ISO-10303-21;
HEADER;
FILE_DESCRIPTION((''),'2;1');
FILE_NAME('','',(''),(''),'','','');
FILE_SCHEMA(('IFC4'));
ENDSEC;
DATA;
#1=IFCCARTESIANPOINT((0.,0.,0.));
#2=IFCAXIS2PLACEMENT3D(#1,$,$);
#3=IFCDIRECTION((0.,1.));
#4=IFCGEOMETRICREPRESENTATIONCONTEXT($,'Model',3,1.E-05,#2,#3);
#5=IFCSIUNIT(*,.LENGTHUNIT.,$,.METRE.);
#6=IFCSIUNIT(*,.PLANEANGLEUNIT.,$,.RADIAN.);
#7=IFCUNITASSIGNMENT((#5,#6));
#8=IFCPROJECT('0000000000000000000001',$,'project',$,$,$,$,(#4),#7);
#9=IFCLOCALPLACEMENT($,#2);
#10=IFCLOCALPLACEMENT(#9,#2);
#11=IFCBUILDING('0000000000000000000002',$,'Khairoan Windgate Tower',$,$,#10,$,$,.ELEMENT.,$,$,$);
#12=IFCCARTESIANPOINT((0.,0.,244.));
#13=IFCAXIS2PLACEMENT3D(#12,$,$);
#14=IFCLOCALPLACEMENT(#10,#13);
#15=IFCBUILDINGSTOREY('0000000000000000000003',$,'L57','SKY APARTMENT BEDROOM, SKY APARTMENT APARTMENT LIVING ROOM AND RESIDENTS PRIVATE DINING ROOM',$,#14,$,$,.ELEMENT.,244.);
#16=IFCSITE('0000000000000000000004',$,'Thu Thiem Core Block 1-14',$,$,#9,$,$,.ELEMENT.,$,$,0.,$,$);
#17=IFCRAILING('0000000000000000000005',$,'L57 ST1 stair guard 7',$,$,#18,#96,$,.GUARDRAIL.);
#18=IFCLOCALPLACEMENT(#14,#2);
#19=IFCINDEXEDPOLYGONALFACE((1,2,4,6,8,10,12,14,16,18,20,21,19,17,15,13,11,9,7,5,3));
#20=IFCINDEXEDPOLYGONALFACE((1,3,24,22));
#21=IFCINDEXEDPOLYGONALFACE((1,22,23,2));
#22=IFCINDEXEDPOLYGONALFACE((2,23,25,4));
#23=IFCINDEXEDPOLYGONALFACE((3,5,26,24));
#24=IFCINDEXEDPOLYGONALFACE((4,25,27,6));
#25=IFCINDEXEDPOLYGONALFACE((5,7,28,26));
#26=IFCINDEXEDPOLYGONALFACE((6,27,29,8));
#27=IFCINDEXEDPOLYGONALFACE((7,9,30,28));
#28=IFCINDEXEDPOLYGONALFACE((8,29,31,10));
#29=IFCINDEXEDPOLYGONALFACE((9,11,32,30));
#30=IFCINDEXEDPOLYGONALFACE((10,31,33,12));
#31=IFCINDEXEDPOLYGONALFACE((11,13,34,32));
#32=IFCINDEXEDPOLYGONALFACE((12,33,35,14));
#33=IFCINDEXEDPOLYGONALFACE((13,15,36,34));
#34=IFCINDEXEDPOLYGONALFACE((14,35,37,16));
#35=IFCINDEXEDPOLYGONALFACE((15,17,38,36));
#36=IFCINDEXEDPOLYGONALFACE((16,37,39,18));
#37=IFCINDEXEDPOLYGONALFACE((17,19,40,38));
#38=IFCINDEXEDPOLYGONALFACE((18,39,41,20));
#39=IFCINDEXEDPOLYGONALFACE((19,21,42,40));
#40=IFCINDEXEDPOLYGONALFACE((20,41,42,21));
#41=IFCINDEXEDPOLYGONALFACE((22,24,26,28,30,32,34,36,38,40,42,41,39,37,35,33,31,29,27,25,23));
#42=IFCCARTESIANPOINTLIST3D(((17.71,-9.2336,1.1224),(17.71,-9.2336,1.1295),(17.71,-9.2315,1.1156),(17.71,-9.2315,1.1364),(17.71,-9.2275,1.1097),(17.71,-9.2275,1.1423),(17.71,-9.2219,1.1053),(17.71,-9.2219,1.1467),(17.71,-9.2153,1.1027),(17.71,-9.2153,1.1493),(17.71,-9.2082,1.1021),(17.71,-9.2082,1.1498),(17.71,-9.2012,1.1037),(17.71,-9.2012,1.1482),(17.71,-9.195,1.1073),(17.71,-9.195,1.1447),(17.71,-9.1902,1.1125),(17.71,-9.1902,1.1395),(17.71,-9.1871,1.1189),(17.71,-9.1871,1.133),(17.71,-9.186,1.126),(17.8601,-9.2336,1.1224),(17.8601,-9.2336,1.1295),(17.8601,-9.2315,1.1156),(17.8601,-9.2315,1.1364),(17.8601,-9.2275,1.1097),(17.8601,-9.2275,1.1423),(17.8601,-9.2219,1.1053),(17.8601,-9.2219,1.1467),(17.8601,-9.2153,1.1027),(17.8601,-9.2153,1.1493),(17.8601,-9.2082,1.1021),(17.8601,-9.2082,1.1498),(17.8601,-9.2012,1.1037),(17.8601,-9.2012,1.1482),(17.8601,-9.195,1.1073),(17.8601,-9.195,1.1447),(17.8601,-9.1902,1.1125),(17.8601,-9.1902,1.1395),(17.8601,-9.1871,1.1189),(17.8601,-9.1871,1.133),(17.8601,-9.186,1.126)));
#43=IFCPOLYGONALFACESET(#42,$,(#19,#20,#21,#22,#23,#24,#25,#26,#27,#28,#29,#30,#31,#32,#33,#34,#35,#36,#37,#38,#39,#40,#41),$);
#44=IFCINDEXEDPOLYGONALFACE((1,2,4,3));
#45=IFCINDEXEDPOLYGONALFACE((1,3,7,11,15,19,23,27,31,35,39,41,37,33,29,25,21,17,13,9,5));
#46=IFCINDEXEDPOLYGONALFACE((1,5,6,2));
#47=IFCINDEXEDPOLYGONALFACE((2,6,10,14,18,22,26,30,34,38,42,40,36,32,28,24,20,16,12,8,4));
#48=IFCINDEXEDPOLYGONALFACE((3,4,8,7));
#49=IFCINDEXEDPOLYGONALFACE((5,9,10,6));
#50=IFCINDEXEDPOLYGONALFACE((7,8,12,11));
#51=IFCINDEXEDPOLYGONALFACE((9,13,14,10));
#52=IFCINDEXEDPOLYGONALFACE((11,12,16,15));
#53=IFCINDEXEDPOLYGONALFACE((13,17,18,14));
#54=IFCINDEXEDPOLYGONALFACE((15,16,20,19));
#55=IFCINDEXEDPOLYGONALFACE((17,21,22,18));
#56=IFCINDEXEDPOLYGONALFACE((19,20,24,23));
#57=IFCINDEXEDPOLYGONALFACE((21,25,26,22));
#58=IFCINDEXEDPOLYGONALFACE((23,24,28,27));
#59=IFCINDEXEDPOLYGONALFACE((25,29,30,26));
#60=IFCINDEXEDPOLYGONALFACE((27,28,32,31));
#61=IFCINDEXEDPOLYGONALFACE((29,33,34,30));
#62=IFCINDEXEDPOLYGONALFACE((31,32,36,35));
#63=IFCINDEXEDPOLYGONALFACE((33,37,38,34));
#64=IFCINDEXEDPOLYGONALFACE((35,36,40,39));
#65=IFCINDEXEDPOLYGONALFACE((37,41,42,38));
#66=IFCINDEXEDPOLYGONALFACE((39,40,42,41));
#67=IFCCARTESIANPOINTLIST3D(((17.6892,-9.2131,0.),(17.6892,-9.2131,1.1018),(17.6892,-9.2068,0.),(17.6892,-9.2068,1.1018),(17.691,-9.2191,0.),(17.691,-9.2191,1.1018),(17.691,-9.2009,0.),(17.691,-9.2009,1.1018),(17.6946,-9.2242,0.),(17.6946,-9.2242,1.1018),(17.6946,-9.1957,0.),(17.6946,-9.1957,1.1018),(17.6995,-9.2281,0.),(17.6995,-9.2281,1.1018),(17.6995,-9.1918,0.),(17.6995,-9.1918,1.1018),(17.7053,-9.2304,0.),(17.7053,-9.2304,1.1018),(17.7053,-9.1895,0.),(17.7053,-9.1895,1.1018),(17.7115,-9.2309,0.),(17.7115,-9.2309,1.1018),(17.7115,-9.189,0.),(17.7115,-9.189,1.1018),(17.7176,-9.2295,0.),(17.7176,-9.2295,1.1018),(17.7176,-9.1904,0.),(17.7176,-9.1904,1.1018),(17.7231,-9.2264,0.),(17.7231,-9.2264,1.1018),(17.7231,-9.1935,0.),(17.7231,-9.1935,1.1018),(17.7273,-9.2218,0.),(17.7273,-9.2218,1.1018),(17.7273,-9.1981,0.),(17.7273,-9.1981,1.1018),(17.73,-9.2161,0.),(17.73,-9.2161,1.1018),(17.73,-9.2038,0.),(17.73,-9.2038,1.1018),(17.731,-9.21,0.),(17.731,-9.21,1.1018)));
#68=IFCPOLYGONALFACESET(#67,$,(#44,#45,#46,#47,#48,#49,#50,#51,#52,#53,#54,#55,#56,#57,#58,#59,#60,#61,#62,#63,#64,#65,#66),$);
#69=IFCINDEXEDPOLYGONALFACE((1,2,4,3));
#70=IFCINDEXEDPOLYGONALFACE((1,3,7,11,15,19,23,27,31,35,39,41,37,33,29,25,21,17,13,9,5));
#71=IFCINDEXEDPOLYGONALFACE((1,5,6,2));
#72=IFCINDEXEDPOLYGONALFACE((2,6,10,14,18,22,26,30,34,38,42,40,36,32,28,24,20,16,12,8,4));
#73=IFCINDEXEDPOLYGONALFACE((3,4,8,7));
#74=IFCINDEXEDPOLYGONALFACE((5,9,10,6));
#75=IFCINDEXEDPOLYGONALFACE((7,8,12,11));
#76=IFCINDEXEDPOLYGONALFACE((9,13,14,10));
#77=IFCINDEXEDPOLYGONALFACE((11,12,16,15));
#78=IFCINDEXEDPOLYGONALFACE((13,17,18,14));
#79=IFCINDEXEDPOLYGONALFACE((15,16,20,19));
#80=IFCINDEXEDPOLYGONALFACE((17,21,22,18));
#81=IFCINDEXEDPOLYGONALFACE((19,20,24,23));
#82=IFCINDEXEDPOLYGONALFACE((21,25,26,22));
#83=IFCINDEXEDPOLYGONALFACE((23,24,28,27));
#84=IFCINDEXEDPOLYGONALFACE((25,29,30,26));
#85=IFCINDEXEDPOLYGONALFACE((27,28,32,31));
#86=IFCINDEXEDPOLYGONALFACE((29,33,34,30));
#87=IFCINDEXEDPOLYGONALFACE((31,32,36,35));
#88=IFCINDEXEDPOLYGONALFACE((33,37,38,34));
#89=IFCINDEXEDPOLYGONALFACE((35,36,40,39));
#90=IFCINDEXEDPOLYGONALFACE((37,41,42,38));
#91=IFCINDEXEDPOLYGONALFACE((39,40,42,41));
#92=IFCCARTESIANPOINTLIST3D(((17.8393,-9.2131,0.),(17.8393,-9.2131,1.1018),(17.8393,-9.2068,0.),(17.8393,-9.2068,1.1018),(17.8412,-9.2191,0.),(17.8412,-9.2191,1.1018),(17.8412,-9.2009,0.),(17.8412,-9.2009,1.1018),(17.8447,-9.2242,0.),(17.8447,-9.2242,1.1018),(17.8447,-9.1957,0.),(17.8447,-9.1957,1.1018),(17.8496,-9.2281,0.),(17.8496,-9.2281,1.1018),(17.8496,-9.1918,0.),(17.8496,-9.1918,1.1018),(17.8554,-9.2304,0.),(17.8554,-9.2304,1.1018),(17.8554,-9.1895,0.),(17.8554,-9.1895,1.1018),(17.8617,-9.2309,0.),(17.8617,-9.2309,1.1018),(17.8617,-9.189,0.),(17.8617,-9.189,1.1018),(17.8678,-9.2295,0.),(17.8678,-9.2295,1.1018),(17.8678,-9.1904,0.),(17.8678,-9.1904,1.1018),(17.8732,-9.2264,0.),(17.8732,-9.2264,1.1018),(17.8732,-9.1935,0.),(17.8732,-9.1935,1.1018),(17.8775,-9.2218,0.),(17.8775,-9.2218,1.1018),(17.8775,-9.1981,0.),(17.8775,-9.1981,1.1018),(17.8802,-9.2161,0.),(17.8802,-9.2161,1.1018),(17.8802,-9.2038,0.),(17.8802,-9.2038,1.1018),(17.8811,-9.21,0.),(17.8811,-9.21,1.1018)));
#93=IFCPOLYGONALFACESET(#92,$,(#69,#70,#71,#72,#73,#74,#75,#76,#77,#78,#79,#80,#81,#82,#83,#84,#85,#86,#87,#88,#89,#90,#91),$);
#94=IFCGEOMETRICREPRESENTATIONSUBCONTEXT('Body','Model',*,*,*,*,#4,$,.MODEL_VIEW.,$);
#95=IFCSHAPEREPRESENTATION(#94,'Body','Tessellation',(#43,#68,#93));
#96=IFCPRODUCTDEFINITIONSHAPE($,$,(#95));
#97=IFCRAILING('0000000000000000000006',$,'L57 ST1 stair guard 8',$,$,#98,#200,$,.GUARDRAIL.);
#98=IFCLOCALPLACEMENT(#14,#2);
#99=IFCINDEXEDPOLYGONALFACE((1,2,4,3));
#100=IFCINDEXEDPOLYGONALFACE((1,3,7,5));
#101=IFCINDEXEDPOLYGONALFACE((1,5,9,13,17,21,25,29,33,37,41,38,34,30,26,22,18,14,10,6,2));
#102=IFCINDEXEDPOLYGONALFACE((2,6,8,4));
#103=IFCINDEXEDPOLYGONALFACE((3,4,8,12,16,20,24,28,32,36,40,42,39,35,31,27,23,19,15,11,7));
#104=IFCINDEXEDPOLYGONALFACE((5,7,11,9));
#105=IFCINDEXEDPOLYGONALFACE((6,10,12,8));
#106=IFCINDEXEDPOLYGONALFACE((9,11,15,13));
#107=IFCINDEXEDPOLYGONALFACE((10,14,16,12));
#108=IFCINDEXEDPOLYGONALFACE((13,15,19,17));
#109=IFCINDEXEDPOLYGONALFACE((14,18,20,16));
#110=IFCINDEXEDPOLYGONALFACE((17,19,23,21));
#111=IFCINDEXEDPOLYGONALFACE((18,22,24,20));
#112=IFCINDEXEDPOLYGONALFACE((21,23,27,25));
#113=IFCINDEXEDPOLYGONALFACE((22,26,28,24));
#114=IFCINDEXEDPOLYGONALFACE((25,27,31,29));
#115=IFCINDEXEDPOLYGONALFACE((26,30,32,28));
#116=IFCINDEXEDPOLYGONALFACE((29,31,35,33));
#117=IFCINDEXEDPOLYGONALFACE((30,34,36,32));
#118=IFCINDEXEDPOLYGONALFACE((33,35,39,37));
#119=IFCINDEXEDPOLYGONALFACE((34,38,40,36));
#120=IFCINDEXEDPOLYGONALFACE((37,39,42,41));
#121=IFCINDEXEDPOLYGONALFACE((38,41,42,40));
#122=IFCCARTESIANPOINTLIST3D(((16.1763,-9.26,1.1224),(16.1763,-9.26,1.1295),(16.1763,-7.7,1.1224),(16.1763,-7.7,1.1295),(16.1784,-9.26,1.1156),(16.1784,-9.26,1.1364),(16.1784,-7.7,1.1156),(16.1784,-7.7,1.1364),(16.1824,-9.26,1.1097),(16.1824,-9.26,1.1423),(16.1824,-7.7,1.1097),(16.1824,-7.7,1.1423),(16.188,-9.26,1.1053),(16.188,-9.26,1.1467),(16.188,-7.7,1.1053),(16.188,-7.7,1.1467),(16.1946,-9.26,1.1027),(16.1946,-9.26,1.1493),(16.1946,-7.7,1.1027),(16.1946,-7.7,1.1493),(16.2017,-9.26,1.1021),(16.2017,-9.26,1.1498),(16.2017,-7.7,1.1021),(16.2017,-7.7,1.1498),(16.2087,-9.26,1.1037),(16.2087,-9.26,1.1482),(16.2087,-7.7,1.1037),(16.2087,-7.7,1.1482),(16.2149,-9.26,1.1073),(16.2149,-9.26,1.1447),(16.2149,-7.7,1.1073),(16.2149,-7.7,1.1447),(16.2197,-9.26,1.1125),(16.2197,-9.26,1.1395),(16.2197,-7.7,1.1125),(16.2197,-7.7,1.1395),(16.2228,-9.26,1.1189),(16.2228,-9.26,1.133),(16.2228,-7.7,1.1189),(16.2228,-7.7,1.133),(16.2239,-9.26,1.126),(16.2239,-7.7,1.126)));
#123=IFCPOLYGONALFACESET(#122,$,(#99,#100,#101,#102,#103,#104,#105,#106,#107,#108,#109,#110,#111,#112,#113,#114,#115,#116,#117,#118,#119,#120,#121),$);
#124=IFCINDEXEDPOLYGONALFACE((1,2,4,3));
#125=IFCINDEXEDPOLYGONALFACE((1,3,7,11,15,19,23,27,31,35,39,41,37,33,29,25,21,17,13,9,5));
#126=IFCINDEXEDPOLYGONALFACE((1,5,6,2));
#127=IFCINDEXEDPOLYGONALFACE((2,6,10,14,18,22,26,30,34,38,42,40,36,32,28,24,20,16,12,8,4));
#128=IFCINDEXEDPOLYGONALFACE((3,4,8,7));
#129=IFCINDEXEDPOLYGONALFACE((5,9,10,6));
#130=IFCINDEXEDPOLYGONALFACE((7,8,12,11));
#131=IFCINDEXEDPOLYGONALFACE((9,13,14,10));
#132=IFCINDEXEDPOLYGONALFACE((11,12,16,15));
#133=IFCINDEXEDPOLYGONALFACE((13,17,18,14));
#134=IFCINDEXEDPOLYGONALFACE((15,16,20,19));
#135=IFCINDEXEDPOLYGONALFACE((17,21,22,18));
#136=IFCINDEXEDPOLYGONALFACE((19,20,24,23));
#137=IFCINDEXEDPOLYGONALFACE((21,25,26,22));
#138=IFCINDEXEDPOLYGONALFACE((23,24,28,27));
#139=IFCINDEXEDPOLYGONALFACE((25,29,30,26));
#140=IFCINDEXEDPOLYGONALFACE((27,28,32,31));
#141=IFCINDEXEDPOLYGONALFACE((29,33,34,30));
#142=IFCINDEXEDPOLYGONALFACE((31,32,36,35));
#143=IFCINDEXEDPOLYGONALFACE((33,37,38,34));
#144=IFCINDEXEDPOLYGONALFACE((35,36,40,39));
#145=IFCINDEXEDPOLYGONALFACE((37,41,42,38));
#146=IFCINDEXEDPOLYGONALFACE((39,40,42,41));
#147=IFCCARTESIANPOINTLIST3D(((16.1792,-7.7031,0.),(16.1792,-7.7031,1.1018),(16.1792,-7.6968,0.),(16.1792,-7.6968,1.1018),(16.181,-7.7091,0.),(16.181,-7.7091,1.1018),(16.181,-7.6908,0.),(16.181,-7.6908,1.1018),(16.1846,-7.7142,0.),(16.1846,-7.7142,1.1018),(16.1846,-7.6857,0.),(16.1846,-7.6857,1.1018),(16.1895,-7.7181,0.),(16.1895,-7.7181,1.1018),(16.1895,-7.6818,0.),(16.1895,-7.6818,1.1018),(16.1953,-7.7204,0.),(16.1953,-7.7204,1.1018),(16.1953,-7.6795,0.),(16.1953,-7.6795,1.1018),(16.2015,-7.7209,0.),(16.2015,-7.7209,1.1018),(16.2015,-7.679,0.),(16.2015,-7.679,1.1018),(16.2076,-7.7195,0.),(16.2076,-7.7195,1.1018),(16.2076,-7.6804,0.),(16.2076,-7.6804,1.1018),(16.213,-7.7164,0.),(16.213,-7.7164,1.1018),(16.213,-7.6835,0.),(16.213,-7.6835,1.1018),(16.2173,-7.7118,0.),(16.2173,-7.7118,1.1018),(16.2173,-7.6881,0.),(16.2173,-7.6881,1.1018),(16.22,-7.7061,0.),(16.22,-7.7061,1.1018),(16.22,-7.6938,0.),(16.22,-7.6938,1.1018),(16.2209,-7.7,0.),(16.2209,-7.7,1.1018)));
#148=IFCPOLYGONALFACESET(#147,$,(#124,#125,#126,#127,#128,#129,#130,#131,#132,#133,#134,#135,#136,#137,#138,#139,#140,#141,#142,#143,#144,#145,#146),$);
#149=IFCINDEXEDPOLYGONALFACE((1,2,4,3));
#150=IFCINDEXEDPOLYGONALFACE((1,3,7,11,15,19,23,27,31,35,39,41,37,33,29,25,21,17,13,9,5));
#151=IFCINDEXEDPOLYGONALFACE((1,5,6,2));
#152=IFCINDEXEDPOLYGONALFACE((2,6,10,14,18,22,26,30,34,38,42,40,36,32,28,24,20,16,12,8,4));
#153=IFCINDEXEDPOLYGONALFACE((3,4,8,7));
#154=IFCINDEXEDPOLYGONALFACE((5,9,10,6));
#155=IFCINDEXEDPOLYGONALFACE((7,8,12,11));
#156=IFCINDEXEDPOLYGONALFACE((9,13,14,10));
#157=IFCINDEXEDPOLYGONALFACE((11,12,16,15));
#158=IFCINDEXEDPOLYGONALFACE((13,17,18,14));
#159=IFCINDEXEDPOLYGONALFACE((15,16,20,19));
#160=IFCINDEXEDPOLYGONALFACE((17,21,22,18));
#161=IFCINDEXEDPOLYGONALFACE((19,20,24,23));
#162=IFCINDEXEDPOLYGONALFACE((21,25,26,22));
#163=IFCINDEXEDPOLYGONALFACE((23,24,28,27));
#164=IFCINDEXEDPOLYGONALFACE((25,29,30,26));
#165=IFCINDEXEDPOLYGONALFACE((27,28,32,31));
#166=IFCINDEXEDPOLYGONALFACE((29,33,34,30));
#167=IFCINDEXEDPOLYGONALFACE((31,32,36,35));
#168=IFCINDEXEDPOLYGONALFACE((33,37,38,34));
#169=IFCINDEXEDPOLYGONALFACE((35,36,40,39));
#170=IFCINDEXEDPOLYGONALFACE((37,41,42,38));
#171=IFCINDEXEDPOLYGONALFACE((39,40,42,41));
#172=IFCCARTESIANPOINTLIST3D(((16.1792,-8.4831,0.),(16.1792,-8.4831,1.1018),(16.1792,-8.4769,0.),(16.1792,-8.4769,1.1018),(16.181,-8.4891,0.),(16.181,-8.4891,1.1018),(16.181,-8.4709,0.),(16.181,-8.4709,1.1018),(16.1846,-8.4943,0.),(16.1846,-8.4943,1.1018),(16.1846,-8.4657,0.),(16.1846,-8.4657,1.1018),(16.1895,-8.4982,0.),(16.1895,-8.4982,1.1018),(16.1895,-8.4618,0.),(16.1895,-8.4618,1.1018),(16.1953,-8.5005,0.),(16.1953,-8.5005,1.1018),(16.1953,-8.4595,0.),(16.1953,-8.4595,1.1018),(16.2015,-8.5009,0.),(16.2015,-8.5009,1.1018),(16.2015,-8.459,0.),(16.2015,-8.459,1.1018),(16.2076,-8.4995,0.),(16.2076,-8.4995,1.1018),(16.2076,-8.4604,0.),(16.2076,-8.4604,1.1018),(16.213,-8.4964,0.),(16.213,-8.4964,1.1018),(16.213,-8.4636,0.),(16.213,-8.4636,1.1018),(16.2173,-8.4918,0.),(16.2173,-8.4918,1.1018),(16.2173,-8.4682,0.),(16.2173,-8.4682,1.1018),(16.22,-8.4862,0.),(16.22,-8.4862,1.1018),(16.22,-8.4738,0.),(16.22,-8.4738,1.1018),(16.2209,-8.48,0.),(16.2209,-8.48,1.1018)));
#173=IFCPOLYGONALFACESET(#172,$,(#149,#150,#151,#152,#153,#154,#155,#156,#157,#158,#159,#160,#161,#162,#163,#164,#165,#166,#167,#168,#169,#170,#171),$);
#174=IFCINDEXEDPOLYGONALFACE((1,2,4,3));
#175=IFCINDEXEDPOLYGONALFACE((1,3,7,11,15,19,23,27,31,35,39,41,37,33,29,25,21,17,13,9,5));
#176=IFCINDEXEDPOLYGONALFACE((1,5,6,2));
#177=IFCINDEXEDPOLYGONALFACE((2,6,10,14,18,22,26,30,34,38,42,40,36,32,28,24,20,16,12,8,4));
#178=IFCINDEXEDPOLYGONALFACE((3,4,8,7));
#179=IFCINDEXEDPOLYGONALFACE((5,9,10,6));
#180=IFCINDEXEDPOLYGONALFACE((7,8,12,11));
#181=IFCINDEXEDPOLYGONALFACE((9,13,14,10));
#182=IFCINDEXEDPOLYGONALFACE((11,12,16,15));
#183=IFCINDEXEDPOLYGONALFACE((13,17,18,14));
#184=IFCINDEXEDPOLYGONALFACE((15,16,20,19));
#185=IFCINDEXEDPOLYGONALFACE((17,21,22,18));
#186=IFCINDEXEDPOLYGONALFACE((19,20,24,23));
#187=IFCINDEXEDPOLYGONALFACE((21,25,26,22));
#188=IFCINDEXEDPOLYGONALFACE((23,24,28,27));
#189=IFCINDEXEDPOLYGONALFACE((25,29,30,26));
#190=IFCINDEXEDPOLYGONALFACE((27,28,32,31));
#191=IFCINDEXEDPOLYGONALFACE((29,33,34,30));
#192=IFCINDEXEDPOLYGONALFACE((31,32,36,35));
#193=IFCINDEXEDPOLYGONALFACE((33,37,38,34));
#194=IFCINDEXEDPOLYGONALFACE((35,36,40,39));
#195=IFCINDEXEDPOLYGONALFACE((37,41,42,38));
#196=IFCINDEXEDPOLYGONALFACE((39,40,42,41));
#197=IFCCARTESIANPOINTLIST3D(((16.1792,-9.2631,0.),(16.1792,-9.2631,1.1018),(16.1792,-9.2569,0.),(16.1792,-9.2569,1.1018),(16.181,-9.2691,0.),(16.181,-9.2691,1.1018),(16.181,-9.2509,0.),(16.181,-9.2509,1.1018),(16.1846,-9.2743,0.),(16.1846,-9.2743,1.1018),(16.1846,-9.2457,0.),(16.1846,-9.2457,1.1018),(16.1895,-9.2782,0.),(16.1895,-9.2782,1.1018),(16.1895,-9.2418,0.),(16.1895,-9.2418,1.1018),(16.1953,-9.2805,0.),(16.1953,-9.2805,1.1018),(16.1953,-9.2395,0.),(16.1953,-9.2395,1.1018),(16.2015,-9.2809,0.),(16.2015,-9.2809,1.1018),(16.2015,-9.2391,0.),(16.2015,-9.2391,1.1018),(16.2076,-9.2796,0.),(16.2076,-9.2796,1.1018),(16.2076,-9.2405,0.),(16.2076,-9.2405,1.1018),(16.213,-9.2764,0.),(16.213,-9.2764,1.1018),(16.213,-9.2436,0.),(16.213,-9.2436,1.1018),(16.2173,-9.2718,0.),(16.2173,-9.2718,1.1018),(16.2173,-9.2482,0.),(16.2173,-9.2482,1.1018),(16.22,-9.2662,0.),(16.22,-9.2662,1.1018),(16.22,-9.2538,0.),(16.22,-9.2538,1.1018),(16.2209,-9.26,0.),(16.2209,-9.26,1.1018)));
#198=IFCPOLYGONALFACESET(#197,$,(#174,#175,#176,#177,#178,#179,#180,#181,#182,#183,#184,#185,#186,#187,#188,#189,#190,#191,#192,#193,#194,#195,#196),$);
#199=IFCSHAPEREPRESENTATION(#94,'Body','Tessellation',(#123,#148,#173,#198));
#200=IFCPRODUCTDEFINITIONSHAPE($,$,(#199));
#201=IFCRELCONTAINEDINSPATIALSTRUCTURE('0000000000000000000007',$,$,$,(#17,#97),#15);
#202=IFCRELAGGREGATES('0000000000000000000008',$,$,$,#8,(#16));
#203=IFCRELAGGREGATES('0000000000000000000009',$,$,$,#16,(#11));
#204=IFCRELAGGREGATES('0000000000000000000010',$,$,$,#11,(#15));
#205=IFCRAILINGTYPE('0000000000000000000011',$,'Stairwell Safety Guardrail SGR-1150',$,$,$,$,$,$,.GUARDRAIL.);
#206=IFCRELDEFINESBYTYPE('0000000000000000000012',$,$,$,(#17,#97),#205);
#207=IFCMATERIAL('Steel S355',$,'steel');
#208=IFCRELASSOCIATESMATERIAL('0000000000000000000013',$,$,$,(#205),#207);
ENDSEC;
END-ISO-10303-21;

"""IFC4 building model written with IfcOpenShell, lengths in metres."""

from ifc_helpers import new_model, si_unit, direction, frame, origin, origin_2d, place, context, subcontext, project, spatial, circle, extrude, material, type_object, element, save


model = new_model("IFC4")

# Units and contexts
model_context = context("Model", 3, precision=1e-05, world=origin(), true_north=direction((0.0, 1.0)))
body_context = subcontext(model_context, "Body", "Model", "MODEL_VIEW")
ifc_project = project(units=[si_unit("LENGTHUNIT", "METRE"), si_unit("PLANEANGLEUNIT", "RADIAN")], contexts=[model_context])

# Site, building, storey
site_placement = place(None, origin())
site = spatial("IfcSite", under=ifc_project, at=site_placement, Name="Thu Thiem Core Block 1-14", CompositionType="ELEMENT", RefElevation=0.0)
building_placement = place(site_placement, origin())
building = spatial("IfcBuilding", under=site, at=building_placement, Name="Khairoan Windgate Tower", CompositionType="ELEMENT")
storey_placement = place(building_placement, frame((0.0, 0.0, 244.0)))
storey = spatial("IfcBuildingStorey", under=building, at=storey_placement, Name="L57", Description="SKY APARTMENT BEDROOM, SKY APARTMENT APARTMENT LIVING ROOM AND RESIDENTS PRIVATE DINING ROOM", CompositionType="ELEMENT", Elevation=244.0)

# Railings
ifc_material_1 = material(Name="Steel S355", Category="steel")
railing_type_1 = type_object("IfcRailingType", Name="Stairwell Safety Guardrail SGR-1150", PredefinedType="GUARDRAIL", material=ifc_material_1)
railing_1_placement = place(storey_placement, frame((17.71, -9.21, 0.0)))
element("IfcRailing", 1, at=railing_1_placement, inside=storey, type_object=railing_type_1, Name="L57 ST1 stair guard 7", PredefinedType="GUARDRAIL", context=body_context, shape_type="SweptSolid", body=[
    extrude(circle(Radius=0.0239, at=origin_2d()), frame((0.0, 0.0, 1.126), z_axis=(1.0, 0.0, 0.0), x_axis=(0.0, 1.0, 0.0)), (0.0, 0.0, 1.0), 0.1501),
    extrude(circle(Radius=0.021, at=origin_2d()), origin(), (0.0, 0.0, 1.0), 1.1018),
    extrude(circle(Radius=0.021, at=origin_2d()), frame((0.1501, 0.0, 0.0)), (0.0, 0.0, 1.0), 1.1018),
])
for number, where, name in (
    (2, (16.2, -7.7, 0.0), "L57 ST1 stair guard 8"),
):
    element("IfcRailing", number, at=place(storey_placement, frame(where)), inside=storey, type_object=railing_type_1, Name=name, PredefinedType="GUARDRAIL", context=body_context, shape_type="SweptSolid", body=[
        extrude(circle(Radius=0.0239, at=origin_2d()), frame((0.0, 0.0, 1.126), z_axis=(0.0, -1.0, 0.0), x_axis=(1.0, 0.0, 0.0)), (0.0, 0.0, 1.0), 1.5601),
        extrude(circle(Radius=0.021, at=origin_2d()), origin(), (0.0, 0.0, 1.0), 1.1018),
        extrude(circle(Radius=0.021, at=origin_2d()), frame((0.0, -0.78, 0.0)), (0.0, 0.0, 1.0), 1.1018),
        extrude(circle(Radius=0.021, at=origin_2d()), frame((0.0, -1.5601, 0.0)), (0.0, 0.0, 1.0), 1.1018),
    ])

save(model, "model.ifc")
